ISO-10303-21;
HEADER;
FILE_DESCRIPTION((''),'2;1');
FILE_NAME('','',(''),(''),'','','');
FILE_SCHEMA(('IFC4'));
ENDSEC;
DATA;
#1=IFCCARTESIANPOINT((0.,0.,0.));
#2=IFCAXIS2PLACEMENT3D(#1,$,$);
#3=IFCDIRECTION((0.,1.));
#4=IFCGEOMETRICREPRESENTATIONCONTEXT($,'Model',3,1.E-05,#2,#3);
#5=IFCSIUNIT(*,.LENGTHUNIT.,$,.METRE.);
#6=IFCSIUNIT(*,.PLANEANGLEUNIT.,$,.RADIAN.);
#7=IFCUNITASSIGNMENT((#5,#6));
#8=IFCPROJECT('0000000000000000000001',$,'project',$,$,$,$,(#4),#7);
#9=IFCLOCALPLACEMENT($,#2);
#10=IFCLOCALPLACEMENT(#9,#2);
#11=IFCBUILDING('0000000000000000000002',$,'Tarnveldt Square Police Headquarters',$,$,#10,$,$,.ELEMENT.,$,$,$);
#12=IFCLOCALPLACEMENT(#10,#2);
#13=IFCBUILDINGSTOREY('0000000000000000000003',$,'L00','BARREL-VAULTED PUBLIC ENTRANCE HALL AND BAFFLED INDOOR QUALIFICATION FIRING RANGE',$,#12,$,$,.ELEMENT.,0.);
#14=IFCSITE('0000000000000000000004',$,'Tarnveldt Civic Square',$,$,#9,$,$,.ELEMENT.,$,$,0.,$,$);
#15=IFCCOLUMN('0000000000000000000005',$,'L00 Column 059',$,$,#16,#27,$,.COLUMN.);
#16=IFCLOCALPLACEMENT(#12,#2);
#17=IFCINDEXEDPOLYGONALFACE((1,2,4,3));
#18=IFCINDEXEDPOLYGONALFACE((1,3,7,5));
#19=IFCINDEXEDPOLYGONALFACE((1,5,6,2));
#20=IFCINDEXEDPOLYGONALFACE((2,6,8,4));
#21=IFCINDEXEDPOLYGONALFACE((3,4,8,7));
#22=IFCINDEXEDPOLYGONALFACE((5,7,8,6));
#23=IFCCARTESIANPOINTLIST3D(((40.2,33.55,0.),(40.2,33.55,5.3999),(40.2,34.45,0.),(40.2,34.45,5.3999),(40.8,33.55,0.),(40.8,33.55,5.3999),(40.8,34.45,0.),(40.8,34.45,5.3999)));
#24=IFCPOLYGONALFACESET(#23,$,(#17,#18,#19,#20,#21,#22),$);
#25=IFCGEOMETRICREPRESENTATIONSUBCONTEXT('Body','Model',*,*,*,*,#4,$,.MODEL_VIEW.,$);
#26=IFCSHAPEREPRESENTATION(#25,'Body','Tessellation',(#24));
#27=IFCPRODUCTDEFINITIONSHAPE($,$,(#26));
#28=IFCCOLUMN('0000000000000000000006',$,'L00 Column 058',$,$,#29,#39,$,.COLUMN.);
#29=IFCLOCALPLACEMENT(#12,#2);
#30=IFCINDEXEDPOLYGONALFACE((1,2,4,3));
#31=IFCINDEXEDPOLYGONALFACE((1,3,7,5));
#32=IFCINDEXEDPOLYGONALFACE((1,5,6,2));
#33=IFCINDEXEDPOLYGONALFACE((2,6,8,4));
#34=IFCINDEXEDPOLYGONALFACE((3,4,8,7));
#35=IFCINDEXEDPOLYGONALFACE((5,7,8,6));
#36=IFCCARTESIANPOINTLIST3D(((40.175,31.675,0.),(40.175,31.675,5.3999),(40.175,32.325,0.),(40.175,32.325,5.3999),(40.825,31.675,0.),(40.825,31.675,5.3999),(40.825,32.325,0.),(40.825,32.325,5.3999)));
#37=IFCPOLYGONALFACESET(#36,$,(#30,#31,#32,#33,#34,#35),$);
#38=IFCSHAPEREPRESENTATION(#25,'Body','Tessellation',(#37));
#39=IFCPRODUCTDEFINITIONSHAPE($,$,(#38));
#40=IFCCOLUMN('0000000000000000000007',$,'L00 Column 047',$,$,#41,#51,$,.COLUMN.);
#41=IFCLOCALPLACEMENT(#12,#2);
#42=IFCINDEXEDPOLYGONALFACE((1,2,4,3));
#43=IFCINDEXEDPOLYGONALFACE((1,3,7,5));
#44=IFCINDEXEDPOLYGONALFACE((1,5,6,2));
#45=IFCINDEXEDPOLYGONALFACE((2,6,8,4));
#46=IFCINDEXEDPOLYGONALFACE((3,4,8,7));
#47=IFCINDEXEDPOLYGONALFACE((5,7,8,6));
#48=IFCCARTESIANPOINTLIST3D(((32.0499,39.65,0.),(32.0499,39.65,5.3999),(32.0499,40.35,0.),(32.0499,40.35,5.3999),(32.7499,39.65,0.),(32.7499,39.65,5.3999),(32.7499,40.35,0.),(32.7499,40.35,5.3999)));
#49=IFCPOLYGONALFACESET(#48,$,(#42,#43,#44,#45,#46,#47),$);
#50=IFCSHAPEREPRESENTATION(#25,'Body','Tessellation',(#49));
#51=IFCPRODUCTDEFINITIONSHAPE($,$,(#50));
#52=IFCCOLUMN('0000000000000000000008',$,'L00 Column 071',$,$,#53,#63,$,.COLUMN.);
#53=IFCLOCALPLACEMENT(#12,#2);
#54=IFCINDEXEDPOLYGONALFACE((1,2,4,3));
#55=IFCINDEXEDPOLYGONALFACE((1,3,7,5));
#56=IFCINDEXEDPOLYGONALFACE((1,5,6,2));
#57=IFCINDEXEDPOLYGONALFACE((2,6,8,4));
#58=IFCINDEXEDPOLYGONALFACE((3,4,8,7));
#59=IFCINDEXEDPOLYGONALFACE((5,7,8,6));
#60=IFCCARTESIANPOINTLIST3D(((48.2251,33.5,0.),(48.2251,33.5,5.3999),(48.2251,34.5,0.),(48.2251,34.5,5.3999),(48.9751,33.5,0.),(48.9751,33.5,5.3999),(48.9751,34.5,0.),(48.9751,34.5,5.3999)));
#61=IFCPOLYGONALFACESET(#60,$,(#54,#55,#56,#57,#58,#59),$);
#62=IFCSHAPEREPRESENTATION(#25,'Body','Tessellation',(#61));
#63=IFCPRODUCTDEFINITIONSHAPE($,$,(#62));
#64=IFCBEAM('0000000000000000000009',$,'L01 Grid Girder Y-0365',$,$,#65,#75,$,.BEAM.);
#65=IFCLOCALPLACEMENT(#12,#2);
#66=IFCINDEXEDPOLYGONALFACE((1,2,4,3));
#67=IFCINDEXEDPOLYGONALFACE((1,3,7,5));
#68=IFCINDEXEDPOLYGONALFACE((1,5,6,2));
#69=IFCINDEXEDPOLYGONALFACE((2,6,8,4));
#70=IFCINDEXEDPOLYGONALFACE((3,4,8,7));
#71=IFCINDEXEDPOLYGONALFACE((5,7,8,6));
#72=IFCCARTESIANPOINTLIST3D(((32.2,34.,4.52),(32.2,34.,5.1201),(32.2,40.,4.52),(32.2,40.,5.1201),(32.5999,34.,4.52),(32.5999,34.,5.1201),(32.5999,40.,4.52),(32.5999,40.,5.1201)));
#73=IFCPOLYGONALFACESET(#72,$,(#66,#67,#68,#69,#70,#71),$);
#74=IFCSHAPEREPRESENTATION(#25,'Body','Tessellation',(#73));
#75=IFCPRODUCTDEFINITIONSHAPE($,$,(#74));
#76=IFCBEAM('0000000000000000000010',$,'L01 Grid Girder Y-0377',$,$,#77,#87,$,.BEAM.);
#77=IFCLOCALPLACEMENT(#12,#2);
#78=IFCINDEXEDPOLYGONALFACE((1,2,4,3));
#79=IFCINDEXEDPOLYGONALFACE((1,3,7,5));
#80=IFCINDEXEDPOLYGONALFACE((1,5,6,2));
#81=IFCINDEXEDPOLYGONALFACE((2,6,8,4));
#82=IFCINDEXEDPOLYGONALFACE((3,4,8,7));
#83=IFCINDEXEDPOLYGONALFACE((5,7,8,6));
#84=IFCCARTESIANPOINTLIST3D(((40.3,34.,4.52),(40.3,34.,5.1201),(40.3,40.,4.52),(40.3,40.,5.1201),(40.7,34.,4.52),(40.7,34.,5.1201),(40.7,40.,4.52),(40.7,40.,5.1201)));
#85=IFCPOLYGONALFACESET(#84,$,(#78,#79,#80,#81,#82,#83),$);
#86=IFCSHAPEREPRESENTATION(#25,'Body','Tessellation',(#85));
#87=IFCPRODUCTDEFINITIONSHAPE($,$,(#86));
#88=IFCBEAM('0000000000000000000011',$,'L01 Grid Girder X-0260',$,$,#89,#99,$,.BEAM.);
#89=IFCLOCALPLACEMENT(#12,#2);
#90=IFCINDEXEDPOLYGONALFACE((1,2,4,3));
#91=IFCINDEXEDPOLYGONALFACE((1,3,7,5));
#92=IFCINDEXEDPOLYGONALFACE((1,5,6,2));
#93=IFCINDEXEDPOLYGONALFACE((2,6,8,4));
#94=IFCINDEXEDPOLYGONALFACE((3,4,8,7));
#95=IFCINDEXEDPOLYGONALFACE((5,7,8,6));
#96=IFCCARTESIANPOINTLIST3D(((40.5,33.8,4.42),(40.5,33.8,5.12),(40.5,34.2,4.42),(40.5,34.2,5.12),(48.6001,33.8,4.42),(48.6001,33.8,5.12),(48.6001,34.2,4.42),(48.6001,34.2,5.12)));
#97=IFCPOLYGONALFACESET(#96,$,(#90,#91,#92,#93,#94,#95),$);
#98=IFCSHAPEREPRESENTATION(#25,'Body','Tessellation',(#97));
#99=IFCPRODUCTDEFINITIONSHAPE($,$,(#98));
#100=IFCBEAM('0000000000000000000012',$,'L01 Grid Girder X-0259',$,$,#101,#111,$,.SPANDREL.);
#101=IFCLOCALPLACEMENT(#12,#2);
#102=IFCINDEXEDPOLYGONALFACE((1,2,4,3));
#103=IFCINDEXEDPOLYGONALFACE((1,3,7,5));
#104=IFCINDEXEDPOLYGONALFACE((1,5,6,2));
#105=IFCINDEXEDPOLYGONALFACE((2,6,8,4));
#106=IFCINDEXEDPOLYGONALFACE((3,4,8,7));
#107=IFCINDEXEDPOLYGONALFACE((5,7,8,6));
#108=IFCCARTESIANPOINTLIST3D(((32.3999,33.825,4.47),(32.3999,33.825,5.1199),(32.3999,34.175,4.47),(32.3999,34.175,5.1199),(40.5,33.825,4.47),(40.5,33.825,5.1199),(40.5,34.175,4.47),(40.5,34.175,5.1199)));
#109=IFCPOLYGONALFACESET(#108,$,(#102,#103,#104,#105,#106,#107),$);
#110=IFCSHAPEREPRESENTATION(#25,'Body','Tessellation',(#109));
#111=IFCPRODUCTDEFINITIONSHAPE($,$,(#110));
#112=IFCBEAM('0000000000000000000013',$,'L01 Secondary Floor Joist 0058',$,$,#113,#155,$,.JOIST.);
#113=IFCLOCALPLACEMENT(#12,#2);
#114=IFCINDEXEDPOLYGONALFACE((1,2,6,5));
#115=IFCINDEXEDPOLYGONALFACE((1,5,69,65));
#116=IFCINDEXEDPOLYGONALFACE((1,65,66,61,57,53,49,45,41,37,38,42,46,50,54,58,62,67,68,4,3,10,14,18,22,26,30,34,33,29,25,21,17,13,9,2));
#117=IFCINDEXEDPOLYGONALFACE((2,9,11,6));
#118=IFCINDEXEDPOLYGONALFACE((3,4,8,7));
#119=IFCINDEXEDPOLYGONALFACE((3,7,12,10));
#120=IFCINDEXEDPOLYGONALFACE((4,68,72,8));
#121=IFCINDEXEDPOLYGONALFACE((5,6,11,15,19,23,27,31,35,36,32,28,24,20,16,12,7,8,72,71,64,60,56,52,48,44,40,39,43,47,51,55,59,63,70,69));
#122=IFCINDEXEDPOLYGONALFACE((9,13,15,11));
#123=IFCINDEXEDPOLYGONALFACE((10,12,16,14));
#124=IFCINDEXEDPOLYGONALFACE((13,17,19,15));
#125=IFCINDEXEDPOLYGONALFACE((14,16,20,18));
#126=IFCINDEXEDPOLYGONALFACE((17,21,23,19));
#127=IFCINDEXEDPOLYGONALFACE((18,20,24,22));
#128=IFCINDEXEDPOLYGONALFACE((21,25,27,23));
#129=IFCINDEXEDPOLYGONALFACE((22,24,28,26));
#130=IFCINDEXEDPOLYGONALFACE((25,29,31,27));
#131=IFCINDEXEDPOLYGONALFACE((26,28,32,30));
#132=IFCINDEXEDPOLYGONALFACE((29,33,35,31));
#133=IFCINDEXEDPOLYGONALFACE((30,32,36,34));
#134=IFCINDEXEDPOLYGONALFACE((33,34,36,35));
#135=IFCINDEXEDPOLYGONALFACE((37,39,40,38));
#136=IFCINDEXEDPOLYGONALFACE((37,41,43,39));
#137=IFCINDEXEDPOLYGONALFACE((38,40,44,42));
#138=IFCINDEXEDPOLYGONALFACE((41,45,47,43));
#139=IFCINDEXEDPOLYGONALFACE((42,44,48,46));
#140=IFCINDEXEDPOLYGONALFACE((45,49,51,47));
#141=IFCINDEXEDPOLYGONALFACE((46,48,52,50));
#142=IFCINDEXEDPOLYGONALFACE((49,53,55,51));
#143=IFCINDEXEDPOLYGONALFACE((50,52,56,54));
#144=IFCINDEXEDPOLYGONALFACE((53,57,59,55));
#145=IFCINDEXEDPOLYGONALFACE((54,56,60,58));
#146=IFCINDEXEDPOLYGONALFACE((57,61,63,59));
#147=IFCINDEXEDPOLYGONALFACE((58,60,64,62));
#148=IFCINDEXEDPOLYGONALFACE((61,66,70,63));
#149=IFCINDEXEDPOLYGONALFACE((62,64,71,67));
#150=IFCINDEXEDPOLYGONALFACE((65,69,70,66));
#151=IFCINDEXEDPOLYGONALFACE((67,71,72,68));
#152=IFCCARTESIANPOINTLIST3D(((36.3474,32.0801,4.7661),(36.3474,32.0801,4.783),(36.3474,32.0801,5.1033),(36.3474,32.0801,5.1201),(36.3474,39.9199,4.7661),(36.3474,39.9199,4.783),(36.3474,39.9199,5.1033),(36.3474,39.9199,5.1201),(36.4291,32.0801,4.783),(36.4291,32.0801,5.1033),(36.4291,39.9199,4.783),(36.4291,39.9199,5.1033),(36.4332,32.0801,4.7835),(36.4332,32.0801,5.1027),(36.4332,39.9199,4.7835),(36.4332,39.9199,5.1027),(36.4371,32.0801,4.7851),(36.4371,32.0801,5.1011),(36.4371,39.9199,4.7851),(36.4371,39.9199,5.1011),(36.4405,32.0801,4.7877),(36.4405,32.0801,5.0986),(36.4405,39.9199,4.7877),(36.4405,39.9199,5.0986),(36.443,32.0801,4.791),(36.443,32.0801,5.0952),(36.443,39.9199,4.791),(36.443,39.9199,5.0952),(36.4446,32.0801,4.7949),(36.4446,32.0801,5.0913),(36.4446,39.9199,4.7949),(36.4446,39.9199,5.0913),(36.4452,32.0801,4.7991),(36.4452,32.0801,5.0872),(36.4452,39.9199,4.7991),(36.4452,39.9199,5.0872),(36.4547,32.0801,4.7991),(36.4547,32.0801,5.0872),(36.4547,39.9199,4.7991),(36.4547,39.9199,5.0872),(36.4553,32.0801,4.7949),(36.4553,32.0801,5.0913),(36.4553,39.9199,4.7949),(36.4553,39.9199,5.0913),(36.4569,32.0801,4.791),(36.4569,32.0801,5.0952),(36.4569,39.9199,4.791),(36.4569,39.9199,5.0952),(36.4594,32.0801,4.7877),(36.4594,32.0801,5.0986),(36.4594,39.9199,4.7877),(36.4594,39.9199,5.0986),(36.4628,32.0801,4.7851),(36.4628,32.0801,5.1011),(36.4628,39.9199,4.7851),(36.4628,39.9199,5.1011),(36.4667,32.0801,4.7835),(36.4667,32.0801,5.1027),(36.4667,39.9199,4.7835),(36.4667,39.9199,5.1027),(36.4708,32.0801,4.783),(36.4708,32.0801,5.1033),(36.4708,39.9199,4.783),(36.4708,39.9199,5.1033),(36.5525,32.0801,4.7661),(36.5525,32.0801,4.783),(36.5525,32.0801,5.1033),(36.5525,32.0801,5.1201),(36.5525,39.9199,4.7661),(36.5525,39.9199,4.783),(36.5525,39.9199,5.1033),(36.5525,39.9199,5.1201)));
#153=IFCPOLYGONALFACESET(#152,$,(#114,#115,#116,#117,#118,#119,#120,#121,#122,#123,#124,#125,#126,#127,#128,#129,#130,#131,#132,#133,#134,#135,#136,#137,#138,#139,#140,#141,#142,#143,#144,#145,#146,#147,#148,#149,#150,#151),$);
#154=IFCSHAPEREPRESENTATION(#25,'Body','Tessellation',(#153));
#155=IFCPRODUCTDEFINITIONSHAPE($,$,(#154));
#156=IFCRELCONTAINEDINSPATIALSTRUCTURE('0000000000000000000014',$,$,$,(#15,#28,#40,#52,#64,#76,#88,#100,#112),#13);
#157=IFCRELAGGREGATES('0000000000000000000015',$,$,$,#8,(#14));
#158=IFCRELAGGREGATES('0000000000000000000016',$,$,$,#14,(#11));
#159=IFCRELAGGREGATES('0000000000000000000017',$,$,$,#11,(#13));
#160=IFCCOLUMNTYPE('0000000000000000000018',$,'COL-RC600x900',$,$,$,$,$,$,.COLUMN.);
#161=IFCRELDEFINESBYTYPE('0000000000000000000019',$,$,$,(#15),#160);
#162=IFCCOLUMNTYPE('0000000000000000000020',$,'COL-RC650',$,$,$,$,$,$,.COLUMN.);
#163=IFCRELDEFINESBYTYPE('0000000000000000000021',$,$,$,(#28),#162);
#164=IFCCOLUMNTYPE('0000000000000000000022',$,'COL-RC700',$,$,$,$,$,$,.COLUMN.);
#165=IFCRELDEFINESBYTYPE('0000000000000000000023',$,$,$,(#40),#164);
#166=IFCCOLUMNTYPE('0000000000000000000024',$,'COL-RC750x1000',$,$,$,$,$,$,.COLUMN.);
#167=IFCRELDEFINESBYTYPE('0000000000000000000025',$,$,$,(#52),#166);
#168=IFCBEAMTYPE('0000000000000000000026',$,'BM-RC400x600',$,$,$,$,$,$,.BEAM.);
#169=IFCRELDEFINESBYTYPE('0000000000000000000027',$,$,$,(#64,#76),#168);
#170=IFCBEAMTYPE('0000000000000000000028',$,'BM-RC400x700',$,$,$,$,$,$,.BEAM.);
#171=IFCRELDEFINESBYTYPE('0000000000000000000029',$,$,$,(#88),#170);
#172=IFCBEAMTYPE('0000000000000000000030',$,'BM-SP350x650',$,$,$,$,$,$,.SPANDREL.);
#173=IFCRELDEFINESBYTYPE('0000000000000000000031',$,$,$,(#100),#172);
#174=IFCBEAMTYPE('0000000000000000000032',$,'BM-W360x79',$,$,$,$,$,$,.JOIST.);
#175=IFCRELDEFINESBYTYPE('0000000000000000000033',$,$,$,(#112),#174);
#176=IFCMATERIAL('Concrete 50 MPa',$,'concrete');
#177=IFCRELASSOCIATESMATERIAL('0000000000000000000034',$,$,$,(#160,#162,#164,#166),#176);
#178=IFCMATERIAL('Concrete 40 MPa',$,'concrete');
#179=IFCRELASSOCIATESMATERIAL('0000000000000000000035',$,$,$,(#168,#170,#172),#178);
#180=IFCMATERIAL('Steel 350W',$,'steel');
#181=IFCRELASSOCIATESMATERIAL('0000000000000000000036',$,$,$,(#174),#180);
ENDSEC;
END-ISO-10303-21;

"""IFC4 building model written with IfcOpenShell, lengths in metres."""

from ifc_helpers import new_model, si_unit, direction, frame, origin, origin_2d, place, context, subcontext, project, spatial, rectangle, i_section, extrude, material, material_profile, profile_set, type_object, element, save


model = new_model("IFC4")

# Units and contexts
model_context = context("Model", 3, precision=1e-05, world=origin(), true_north=direction((0.0, 1.0)))
body_context = subcontext(model_context, "Body", "Model", "MODEL_VIEW")
ifc_project = project(units=[si_unit("LENGTHUNIT", "METRE"), si_unit("PLANEANGLEUNIT", "RADIAN")], contexts=[model_context])

# Site, building, storey
site_placement = place(None, origin())
site = spatial("IfcSite", under=ifc_project, at=site_placement, Name="Tarnveldt Civic Square", CompositionType="ELEMENT", RefElevation=0.0)
building_placement = place(site_placement, origin())
building = spatial("IfcBuilding", under=site, at=building_placement, Name="Tarnveldt Square Police Headquarters", CompositionType="ELEMENT")
storey_placement = place(building_placement, origin())
storey = spatial("IfcBuildingStorey", under=building, at=storey_placement, Name="L00", Description="BARREL-VAULTED PUBLIC ENTRANCE HALL AND BAFFLED INDOOR QUALIFICATION FIRING RANGE", CompositionType="ELEMENT", Elevation=0.0)

# Columns
ifc_material_1 = material(Name="Concrete 50 MPa", Category="concrete")
ifc_material_profile_1 = material_profile(ifc_material_1, rectangle(XDim=0.6001, YDim=0.8999, at=origin_2d()), Name="RC-C600x900")
ifc_profile_set_1 = profile_set([ifc_material_profile_1], Name="Concrete 50 MPa")
column_type_1 = type_object("IfcColumnType", Name="COL-RC600x900", PredefinedType="COLUMN", material=ifc_profile_set_1)
column_1_placement = place(storey_placement, frame((40.5, 34.0, 0.0), z_axis=(0.0, 0.0, 1.0), x_axis=(1.0, 0.0, 0.0)))
element("IfcColumn", 1, at=column_1_placement, inside=storey, type_object=column_type_1, Name="L00 Column 059", PredefinedType="COLUMN", context=body_context, shape_type="SweptSolid", body=[
    extrude(rectangle(XDim=0.6001, YDim=0.8999, at=origin_2d()), origin(), (0.0, 0.0, 1.0), 5.3999),
])
ifc_material_profile_2 = material_profile(ifc_material_1, rectangle(XDim=0.6499, YDim=0.6499, at=origin_2d()), Name="RC-C650x650")
ifc_profile_set_2 = profile_set([ifc_material_profile_2], Name="Concrete 50 MPa")
column_type_2 = type_object("IfcColumnType", Name="COL-RC650", PredefinedType="COLUMN", material=ifc_profile_set_2)
column_2_placement = place(storey_placement, frame((40.5, 32.0, 0.0), z_axis=(0.0, 0.0, 1.0), x_axis=(1.0, 0.0, 0.0)))
element("IfcColumn", 2, at=column_2_placement, inside=storey, type_object=column_type_2, Name="L00 Column 058", PredefinedType="COLUMN", context=body_context, shape_type="SweptSolid", body=[
    extrude(rectangle(XDim=0.6499, YDim=0.6499, at=origin_2d()), origin(), (0.0, 0.0, 1.0), 5.3999),
])
ifc_material_profile_3 = material_profile(ifc_material_1, rectangle(XDim=0.7, YDim=0.7, at=origin_2d()), Name="RC-C700x700")
ifc_profile_set_3 = profile_set([ifc_material_profile_3], Name="Concrete 50 MPa")
column_type_3 = type_object("IfcColumnType", Name="COL-RC700", PredefinedType="COLUMN", material=ifc_profile_set_3)
column_3_placement = place(storey_placement, frame((32.3999, 40.0, 0.0), z_axis=(0.0, 0.0, 1.0), x_axis=(1.0, 0.0, 0.0)))
element("IfcColumn", 3, at=column_3_placement, inside=storey, type_object=column_type_3, Name="L00 Column 047", PredefinedType="COLUMN", context=body_context, shape_type="SweptSolid", body=[
    extrude(rectangle(XDim=0.7, YDim=0.7, at=origin_2d()), origin(), (0.0, 0.0, 1.0), 5.3999),
])
ifc_material_profile_4 = material_profile(ifc_material_1, rectangle(XDim=0.75, YDim=1.0, at=origin_2d()), Name="RC-C750x1000")
ifc_profile_set_4 = profile_set([ifc_material_profile_4], Name="Concrete 50 MPa")
column_type_4 = type_object("IfcColumnType", Name="COL-RC750x1000", PredefinedType="COLUMN", material=ifc_profile_set_4)
column_4_placement = place(storey_placement, frame((48.6001, 34.0, 0.0), z_axis=(0.0, 0.0, 1.0), x_axis=(1.0, 0.0, 0.0)))
element("IfcColumn", 4, at=column_4_placement, inside=storey, type_object=column_type_4, Name="L00 Column 071", PredefinedType="COLUMN", context=body_context, shape_type="SweptSolid", body=[
    extrude(rectangle(XDim=0.75, YDim=1.0, at=origin_2d()), origin(), (0.0, 0.0, 1.0), 5.3999),
])

# Beams
ifc_material_2 = material(Name="Concrete 40 MPa", Category="concrete")
ifc_material_profile_5 = material_profile(ifc_material_2, rectangle(XDim=0.3999, YDim=0.6001, at=origin_2d()), Name="RC-B400x600")
ifc_profile_set_5 = profile_set([ifc_material_profile_5], Name="Concrete 40 MPa")
beam_type_1 = type_object("IfcBeamType", Name="BM-RC400x600", PredefinedType="BEAM", material=ifc_profile_set_5)
for number, where, z_axis, x_axis, name in (
    (5, (32.3999, 34.0, 4.8201), (0.0, 1.0, 0.0), (-1.0, 0.0, 0.0), "L01 Grid Girder Y-0365"),
    (6, (40.5, 34.0, 4.8201), (0.0, 1.0, 0.0), (-1.0, 0.0, 0.0), "L01 Grid Girder Y-0377"),
):
    element("IfcBeam", number, at=place(storey_placement, frame(where, z_axis=z_axis, x_axis=x_axis)), inside=storey, type_object=beam_type_1, Name=name, PredefinedType="BEAM", context=body_context, shape_type="SweptSolid", body=[
        extrude(rectangle(XDim=0.3999, YDim=0.6001, at=origin_2d()), origin(), (0.0, 0.0, 1.0), 6.0),
    ])
ifc_material_profile_6 = material_profile(ifc_material_2, rectangle(XDim=0.3999, YDim=0.7, at=origin_2d()), Name="RC-B400x700")
ifc_profile_set_6 = profile_set([ifc_material_profile_6], Name="Concrete 40 MPa")
beam_type_2 = type_object("IfcBeamType", Name="BM-RC400x700", PredefinedType="BEAM", material=ifc_profile_set_6)
beam_1_placement = place(storey_placement, frame((40.5, 34.0, 4.77), z_axis=(1.0, 0.0, 0.0), x_axis=(0.0, 1.0, 0.0)))
element("IfcBeam", 7, at=beam_1_placement, inside=storey, type_object=beam_type_2, Name="L01 Grid Girder X-0260", PredefinedType="BEAM", context=body_context, shape_type="SweptSolid", body=[
    extrude(rectangle(XDim=0.3999, YDim=0.7, at=origin_2d()), origin(), (0.0, 0.0, 1.0), 8.1001),
])
ifc_material_profile_7 = material_profile(ifc_material_2, rectangle(XDim=0.3501, YDim=0.6499, at=origin_2d()), Name="RC-SP350x650")
ifc_profile_set_7 = profile_set([ifc_material_profile_7], Name="Concrete 40 MPa")
beam_type_3 = type_object("IfcBeamType", Name="BM-SP350x650", PredefinedType="SPANDREL", material=ifc_profile_set_7)
beam_2_placement = place(storey_placement, frame((32.3999, 34.0, 4.7949), z_axis=(1.0, 0.0, 0.0), x_axis=(0.0, 1.0, 0.0)))
element("IfcBeam", 8, at=beam_2_placement, inside=storey, type_object=beam_type_3, Name="L01 Grid Girder X-0259", PredefinedType="SPANDREL", context=body_context, shape_type="SweptSolid", body=[
    extrude(rectangle(XDim=0.3501, YDim=0.6499, at=origin_2d()), origin(), (0.0, 0.0, 1.0), 8.1001),
])
ifc_material_3 = material(Name="Steel 350W", Category="steel")
ifc_material_profile_8 = material_profile(ifc_material_3, i_section(OverallWidth=0.2051, OverallDepth=0.354, WebThickness=0.0095, FlangeThickness=0.0168, FilletRadius=0.0161, at=origin_2d()), Name="W360x79")
ifc_profile_set_8 = profile_set([ifc_material_profile_8], Name="Steel 350W")
beam_type_4 = type_object("IfcBeamType", Name="BM-W360x79", PredefinedType="JOIST", material=ifc_profile_set_8)
beam_3_placement = place(storey_placement, frame((36.45, 32.0801, 4.9431), z_axis=(0.0, 1.0, 0.0), x_axis=(-1.0, 0.0, 0.0)))
element("IfcBeam", 9, at=beam_3_placement, inside=storey, type_object=beam_type_4, Name="L01 Secondary Floor Joist 0058", PredefinedType="JOIST", context=body_context, shape_type="SweptSolid", body=[
    extrude(i_section(OverallWidth=0.2051, OverallDepth=0.354, WebThickness=0.0095, FlangeThickness=0.0168, FilletRadius=0.0161, at=origin_2d()), origin(), (0.0, 0.0, 1.0), 7.8398),
])

save(model, "model.ifc")
